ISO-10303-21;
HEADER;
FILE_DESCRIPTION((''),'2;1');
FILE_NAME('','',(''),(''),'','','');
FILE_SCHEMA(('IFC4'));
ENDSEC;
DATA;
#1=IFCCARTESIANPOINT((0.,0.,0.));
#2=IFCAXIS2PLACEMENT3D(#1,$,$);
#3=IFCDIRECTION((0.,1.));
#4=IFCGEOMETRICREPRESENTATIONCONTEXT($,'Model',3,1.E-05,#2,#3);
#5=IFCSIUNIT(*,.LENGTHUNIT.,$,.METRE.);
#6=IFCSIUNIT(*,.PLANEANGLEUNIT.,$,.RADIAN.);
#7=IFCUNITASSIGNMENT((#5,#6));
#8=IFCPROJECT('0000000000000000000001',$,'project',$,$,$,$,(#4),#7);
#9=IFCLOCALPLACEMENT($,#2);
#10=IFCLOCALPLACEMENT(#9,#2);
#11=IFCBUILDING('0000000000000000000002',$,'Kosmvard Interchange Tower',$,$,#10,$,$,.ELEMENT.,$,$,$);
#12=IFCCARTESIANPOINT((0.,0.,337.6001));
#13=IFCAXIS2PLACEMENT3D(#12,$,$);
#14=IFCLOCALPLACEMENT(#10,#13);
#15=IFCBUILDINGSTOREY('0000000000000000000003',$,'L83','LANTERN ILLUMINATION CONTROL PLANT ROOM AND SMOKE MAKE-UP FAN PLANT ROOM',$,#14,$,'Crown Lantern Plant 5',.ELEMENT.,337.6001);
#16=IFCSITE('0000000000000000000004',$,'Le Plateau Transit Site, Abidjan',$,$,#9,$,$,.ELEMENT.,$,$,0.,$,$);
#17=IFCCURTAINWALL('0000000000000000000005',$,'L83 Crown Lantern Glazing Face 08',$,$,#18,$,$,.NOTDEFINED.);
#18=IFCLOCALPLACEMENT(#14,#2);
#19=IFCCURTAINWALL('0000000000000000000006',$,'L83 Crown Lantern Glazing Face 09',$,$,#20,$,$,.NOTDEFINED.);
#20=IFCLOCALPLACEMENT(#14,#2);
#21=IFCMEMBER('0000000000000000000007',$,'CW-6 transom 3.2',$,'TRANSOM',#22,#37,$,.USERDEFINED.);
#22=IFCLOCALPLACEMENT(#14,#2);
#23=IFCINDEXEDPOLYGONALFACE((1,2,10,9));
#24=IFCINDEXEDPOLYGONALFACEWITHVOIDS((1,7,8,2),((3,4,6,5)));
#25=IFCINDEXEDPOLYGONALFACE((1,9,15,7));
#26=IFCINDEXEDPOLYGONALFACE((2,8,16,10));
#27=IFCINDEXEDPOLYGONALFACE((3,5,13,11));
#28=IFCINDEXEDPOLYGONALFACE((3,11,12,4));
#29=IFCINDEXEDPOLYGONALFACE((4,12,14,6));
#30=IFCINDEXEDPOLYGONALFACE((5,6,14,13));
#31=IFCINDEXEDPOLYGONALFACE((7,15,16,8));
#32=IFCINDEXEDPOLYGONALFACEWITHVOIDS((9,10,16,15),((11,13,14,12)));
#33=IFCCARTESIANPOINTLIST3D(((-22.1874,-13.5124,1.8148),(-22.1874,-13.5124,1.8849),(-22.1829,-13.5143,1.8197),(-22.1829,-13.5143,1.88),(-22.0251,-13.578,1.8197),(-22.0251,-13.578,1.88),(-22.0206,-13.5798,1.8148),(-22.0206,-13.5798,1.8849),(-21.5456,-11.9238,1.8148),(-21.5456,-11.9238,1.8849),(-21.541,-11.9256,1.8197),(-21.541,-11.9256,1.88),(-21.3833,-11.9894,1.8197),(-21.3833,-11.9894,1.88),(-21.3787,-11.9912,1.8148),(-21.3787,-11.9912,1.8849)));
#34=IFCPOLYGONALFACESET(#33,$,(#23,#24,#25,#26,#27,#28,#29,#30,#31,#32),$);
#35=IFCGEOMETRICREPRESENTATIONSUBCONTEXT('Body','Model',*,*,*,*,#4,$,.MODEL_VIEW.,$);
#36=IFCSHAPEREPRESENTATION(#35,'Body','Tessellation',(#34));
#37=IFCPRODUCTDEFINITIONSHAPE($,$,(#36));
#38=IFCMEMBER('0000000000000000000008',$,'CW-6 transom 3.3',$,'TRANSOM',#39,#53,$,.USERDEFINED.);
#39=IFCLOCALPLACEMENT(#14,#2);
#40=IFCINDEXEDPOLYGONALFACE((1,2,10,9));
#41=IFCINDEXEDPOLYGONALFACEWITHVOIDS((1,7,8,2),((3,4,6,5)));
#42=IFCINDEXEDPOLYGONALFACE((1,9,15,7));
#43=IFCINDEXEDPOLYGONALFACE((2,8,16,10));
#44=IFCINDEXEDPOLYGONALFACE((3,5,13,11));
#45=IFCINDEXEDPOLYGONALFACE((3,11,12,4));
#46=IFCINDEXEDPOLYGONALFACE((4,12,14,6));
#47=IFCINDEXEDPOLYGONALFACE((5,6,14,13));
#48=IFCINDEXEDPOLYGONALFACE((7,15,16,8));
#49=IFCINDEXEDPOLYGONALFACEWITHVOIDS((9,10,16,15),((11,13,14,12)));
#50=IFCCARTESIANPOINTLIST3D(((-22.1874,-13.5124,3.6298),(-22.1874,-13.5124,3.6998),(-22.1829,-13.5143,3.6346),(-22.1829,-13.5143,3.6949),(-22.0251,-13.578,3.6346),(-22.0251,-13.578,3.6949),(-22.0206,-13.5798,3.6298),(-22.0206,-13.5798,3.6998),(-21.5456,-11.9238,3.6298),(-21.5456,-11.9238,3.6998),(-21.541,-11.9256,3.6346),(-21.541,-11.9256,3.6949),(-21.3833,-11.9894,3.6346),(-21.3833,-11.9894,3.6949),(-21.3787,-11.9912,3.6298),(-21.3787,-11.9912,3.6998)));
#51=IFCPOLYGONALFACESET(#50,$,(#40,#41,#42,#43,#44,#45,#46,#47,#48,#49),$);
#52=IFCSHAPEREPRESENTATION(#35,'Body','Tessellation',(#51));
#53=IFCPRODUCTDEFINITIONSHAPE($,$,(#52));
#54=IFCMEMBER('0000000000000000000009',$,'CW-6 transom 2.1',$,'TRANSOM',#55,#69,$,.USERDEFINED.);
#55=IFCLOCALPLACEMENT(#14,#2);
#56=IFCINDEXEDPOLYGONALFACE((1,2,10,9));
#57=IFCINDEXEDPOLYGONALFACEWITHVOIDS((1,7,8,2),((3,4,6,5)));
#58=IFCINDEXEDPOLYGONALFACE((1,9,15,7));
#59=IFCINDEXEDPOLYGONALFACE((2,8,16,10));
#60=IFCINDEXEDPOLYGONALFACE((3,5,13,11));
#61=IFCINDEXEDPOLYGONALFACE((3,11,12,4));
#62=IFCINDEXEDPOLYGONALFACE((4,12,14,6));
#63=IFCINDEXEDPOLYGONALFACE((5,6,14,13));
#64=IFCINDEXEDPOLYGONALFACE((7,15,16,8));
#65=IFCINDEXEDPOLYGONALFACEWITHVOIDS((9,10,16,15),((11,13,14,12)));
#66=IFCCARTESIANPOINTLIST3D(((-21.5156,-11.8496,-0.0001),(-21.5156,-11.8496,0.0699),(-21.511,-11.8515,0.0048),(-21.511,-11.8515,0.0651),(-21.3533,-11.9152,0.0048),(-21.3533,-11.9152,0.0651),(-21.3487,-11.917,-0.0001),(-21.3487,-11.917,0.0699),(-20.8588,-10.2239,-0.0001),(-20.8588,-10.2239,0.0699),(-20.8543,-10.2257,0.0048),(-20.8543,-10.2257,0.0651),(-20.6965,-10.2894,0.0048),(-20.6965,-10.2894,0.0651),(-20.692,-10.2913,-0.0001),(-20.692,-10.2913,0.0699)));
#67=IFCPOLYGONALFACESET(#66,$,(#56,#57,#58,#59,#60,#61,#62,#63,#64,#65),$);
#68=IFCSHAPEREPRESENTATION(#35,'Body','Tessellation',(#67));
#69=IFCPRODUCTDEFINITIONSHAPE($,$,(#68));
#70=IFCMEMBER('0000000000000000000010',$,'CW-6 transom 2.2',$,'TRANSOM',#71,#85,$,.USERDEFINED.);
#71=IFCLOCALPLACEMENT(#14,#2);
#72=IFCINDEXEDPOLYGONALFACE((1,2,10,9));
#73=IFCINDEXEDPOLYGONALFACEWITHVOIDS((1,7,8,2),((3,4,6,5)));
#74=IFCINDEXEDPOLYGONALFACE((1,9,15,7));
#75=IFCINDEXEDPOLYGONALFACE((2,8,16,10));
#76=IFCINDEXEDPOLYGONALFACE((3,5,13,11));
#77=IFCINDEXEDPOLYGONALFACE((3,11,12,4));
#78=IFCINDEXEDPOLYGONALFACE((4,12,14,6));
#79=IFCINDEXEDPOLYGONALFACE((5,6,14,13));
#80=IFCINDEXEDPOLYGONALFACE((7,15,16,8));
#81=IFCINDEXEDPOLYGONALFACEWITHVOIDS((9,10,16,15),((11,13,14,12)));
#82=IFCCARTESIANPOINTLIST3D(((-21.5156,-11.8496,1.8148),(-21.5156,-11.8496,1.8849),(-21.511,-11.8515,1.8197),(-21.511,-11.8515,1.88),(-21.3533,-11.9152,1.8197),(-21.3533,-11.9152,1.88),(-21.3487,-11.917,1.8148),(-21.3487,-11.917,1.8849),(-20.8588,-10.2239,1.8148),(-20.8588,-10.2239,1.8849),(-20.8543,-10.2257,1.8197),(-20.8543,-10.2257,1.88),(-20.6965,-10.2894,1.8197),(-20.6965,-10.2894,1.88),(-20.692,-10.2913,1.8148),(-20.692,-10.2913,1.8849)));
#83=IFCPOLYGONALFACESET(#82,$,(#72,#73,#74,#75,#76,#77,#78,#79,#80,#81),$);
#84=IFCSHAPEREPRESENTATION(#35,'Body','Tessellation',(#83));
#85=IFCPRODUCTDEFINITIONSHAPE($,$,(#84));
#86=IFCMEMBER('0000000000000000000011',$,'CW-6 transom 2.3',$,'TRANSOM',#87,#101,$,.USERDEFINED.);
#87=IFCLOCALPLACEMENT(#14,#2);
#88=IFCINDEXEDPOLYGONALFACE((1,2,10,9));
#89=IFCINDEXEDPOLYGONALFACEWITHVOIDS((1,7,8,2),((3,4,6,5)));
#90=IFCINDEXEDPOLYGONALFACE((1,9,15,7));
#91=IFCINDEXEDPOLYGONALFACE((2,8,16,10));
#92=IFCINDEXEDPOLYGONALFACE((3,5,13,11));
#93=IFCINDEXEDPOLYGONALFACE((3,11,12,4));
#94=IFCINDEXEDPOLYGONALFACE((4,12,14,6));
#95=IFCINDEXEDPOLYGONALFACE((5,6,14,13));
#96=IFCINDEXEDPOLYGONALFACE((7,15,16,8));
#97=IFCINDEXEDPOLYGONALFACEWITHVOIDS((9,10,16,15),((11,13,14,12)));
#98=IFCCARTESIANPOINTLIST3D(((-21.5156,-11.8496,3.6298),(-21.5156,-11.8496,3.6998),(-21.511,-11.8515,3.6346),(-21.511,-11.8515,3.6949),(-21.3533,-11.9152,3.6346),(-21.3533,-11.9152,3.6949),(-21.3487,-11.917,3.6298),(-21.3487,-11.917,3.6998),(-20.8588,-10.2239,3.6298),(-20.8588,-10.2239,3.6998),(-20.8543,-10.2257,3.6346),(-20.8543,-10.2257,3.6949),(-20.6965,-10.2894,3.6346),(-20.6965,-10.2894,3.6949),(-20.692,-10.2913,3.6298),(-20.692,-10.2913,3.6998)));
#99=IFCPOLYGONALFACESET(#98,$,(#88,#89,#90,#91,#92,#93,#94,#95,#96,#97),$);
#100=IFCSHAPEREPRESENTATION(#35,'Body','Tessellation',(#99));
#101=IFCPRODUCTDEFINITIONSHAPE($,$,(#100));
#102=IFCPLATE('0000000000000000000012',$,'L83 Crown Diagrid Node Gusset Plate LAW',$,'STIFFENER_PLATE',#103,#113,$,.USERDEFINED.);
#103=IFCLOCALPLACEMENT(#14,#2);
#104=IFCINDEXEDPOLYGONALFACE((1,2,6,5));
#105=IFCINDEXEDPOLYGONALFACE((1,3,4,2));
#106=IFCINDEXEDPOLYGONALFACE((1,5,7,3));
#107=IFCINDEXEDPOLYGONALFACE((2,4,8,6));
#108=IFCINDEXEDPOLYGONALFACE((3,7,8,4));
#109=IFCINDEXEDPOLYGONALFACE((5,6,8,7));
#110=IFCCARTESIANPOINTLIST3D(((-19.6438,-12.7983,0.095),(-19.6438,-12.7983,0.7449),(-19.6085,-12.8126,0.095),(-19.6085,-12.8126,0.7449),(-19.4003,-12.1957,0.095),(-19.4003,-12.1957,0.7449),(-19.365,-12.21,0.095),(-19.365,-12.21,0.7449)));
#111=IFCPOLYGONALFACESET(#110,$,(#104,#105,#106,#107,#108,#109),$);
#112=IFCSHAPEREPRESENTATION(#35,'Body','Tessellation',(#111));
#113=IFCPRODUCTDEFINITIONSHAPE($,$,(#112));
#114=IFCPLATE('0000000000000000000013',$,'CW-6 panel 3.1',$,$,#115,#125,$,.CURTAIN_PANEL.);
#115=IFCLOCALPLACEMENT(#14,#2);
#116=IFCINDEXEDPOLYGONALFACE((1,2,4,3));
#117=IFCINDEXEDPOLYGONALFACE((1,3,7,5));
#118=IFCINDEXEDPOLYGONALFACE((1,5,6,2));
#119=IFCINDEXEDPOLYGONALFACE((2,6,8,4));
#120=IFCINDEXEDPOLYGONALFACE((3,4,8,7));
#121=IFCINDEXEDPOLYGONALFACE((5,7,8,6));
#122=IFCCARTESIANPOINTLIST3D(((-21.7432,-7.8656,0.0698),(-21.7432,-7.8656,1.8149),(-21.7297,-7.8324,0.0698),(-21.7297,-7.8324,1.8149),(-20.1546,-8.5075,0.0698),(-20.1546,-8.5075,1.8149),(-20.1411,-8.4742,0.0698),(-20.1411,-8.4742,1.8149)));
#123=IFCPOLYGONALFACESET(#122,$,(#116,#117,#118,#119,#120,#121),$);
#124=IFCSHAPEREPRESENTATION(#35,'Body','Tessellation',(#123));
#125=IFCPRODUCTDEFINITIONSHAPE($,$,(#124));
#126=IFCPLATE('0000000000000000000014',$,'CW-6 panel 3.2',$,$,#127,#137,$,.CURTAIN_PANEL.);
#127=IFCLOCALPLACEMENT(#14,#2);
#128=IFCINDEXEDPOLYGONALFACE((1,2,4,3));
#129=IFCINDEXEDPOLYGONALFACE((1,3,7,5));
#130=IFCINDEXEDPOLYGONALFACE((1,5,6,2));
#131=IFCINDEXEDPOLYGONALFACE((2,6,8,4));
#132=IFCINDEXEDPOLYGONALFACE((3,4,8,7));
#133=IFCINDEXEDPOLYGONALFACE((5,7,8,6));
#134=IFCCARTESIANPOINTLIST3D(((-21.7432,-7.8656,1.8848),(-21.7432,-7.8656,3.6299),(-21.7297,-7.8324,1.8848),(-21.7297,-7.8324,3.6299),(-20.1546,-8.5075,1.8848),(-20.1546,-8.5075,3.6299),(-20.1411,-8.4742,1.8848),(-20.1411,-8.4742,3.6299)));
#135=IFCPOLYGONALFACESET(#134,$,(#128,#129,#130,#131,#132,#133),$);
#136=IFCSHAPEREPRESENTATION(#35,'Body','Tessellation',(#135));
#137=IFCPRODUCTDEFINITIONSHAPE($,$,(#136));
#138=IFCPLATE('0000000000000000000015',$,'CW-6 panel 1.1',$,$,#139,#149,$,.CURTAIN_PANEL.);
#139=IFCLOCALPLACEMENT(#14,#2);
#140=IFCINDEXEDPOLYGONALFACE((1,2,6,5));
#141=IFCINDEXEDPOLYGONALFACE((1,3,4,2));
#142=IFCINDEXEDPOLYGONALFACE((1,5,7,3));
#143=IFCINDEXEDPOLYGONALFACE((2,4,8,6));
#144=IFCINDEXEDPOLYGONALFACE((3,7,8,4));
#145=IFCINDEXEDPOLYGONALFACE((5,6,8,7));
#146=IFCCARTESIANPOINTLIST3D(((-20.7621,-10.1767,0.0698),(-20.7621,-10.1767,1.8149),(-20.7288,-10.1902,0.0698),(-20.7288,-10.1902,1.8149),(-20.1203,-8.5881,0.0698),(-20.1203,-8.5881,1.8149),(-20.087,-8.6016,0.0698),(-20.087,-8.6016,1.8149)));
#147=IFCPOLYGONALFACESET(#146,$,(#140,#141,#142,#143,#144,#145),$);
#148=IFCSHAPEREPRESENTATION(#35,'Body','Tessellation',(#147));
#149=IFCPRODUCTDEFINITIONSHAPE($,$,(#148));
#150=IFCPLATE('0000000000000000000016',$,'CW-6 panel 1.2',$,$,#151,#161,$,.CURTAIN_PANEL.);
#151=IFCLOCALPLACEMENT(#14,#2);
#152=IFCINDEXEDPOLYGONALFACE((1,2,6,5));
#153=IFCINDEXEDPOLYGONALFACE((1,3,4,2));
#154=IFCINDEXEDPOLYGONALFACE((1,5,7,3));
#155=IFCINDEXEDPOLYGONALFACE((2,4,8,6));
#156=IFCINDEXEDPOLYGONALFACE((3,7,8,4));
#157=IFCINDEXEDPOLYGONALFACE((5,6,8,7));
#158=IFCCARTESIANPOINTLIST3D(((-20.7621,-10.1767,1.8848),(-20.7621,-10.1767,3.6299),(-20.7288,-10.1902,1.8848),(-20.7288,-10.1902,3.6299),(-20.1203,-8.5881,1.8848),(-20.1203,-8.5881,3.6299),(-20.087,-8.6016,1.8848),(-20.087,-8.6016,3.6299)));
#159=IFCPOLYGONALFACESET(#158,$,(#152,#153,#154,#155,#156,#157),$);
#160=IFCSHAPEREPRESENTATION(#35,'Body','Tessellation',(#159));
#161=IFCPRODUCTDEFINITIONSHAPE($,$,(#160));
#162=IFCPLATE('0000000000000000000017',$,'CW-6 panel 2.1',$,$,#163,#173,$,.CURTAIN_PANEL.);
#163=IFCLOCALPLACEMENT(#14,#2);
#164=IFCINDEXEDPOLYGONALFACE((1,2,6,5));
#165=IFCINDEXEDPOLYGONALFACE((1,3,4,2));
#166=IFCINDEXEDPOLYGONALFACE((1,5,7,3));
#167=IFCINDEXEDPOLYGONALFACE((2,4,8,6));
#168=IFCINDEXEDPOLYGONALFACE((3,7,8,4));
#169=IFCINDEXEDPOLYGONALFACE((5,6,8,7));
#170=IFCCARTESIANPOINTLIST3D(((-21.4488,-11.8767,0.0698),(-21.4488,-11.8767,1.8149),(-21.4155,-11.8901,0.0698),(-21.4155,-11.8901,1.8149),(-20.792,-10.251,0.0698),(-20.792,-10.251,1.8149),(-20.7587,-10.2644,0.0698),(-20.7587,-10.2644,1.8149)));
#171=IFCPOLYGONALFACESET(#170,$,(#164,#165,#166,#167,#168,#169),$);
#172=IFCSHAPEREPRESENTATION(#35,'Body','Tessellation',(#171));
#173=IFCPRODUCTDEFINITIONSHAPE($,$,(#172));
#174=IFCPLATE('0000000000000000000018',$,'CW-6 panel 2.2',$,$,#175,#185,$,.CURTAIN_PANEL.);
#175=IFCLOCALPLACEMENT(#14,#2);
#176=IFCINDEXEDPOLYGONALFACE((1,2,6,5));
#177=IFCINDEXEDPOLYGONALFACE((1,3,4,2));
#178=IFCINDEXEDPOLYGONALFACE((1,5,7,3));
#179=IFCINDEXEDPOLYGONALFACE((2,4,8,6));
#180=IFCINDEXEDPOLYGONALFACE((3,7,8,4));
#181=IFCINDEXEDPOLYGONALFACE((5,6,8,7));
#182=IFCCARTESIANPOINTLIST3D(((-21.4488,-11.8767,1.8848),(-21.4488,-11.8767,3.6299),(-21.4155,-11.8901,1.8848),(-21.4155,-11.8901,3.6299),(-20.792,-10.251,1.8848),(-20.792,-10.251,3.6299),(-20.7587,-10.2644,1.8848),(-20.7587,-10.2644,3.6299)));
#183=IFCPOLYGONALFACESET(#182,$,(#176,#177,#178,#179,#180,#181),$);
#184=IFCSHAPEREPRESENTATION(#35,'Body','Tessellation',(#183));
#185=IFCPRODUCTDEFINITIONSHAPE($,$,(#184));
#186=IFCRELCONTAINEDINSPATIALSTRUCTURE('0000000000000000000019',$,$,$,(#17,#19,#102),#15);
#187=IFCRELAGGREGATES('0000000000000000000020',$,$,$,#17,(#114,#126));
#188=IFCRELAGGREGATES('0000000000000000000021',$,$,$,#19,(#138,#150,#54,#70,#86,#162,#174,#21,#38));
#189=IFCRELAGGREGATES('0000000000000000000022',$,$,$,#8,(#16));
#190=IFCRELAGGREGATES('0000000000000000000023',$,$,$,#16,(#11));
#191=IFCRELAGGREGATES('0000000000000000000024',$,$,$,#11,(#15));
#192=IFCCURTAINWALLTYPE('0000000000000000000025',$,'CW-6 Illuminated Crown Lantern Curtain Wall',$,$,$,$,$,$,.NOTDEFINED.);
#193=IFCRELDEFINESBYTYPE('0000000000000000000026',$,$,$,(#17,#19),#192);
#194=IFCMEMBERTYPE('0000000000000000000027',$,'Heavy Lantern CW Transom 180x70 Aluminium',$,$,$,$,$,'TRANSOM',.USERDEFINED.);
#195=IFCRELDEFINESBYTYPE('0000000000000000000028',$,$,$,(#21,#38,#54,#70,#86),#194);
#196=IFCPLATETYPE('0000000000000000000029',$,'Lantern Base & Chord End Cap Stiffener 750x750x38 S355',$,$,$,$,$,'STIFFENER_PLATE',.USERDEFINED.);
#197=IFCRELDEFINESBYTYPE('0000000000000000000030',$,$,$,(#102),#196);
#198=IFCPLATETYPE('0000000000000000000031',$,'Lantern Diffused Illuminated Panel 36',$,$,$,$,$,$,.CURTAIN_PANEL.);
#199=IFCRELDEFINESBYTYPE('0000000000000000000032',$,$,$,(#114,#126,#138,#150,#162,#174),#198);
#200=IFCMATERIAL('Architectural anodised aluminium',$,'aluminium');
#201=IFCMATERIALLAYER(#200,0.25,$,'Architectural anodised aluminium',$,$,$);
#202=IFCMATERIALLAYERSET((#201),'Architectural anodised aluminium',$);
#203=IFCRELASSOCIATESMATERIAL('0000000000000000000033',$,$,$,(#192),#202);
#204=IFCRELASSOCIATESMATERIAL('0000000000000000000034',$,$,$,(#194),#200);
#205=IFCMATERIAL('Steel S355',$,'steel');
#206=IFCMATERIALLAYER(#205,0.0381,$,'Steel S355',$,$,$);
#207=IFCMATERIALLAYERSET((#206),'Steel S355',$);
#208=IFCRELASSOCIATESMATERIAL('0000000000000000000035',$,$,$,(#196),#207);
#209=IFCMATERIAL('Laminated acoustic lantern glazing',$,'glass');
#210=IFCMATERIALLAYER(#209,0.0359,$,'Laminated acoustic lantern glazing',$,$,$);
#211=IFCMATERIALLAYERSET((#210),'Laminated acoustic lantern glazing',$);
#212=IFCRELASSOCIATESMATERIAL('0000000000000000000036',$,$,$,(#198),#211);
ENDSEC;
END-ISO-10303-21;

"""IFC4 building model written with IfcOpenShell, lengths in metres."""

from ifc_helpers import new_model, si_unit, direction, frame, origin, origin_2d, place, context, subcontext, project, spatial, rectangle, hollow_rectangle, extrude, source, transform, mapped, material, layer, layer_set, material_profile, profile_set, type_object, element, aggregate, save


model = new_model("IFC4")

# Units and contexts
model_context = context("Model", 3, precision=1e-05, world=origin(), true_north=direction((0.0, 1.0)))
body_context = subcontext(model_context, "Body", "Model", "MODEL_VIEW")
ifc_project = project(units=[si_unit("LENGTHUNIT", "METRE"), si_unit("PLANEANGLEUNIT", "RADIAN")], contexts=[model_context])

# Site, building, storey
site_placement = place(None, origin())
site = spatial("IfcSite", under=ifc_project, at=site_placement, Name="Le Plateau Transit Site, Abidjan", CompositionType="ELEMENT", RefElevation=0.0)
building_placement = place(site_placement, origin())
building = spatial("IfcBuilding", under=site, at=building_placement, Name="Kosmvard Interchange Tower", CompositionType="ELEMENT")
storey_placement = place(building_placement, frame((0.0, 0.0, 337.6001)))
storey = spatial("IfcBuildingStorey", under=building, at=storey_placement, Name="L83", Description="LANTERN ILLUMINATION CONTROL PLANT ROOM AND SMOKE MAKE-UP FAN PLANT ROOM", LongName="Crown Lantern Plant 5", CompositionType="ELEMENT", Elevation=337.6001)

# Shared definitions
ifc_material_1 = material(Name="Steel S355", Category="steel")

# Curtain wall
ifc_material_2 = material(Name="Architectural anodised aluminium", Category="aluminium")
ifc_layer_1 = layer(ifc_material_2, 0.25, Name="Architectural anodised aluminium")
ifc_layer_set_1 = layer_set([ifc_layer_1], Name="Architectural anodised aluminium")
curtain_wall_type = type_object("IfcCurtainWallType", Name="CW-6 Illuminated Crown Lantern Curtain Wall", PredefinedType="NOTDEFINED", material=ifc_layer_set_1)
curtain_wall_1_placement = place(storey_placement, origin())
curtain_wall_1 = element("IfcCurtainWall", 1, at=curtain_wall_1_placement, inside=storey, type_object=curtain_wall_type, Name="L83 Crown Lantern Glazing Face 08", PredefinedType="NOTDEFINED")

# Curtain wall, members
curtain_wall_2_placement = place(storey_placement, origin())
curtain_wall_2 = element("IfcCurtainWall", 2, at=curtain_wall_2_placement, inside=storey, type_object=curtain_wall_type, Name="L83 Crown Lantern Glazing Face 09", PredefinedType="NOTDEFINED")
ifc_material_profile_1 = material_profile(ifc_material_2, hollow_rectangle(XDim=0.1799, YDim=0.0701, WallThickness=0.0049, at=origin_2d()), Name="CWT 180x70x5")
ifc_profile_set_1 = profile_set([ifc_material_profile_1], Name="Architectural anodised aluminium")
member_type_1 = type_object("IfcMemberType", Name="Heavy Lantern CW Transom 180x70 Aluminium", ElementType="TRANSOM", PredefinedType="USERDEFINED", material=ifc_profile_set_1)
shared_shape_1 = source(origin(), body_context, "Body", "SweptSolid", [
    extrude(hollow_rectangle(XDim=0.1799, YDim=0.0701, WallThickness=0.0049, at=origin_2d()), origin(), (0.0, 0.0, 1.0), 1.7134),
])
member_1_placement = place(storey_placement, frame((-21.4622, -11.9575, 1.8499), z_axis=(-0.374607, -0.927184, 0.0), x_axis=(0.927184, -0.374607, 0.0)))
member_1 = element("IfcMember", 3, at=member_1_placement, type_object=member_type_1, Name="CW-6 transom 3.2", ObjectType="TRANSOM", PredefinedType="USERDEFINED", context=body_context, shape_type="MappedRepresentation", body=[
    mapped(shared_shape_1, transform((0.0, 0.0, 0.0), scale=1.0)),
])
member_2_placement = place(storey_placement, frame((-21.4622, -11.9575, 3.6648), z_axis=(-0.374607, -0.927184, 0.0), x_axis=(0.927184, -0.374607, 0.0)))
member_2 = element("IfcMember", 4, at=member_2_placement, type_object=member_type_1, Name="CW-6 transom 3.3", ObjectType="TRANSOM", PredefinedType="USERDEFINED", context=body_context, shape_type="MappedRepresentation", body=[
    mapped(shared_shape_1, transform((0.0, 0.0, 0.0), scale=1.0)),
])
shared_shape_2 = source(origin(), body_context, "Body", "SweptSolid", [
    extrude(hollow_rectangle(XDim=0.1799, YDim=0.0701, WallThickness=0.0049, at=origin_2d()), origin(), (0.0, 0.0, 1.0), 1.7534),
])
member_3_placement = place(storey_placement, frame((-20.7754, -10.2576, 0.0349), z_axis=(-0.374557, -0.927204, 0.0), x_axis=(0.927204, -0.374557, 0.0)))
member_3 = element("IfcMember", 5, at=member_3_placement, type_object=member_type_1, Name="CW-6 transom 2.1", ObjectType="TRANSOM", PredefinedType="USERDEFINED", context=body_context, shape_type="MappedRepresentation", body=[
    mapped(shared_shape_2, transform((0.0, 0.0, 0.0), scale=1.0)),
])
member_4_placement = place(storey_placement, frame((-20.7754, -10.2576, 1.8499), z_axis=(-0.374557, -0.927204, 0.0), x_axis=(0.927204, -0.374557, 0.0)))
member_4 = element("IfcMember", 6, at=member_4_placement, type_object=member_type_1, Name="CW-6 transom 2.2", ObjectType="TRANSOM", PredefinedType="USERDEFINED", context=body_context, shape_type="MappedRepresentation", body=[
    mapped(shared_shape_2, transform((0.0, 0.0, 0.0), scale=1.0)),
])
member_5_placement = place(storey_placement, frame((-20.7754, -10.2576, 3.6648), z_axis=(-0.374557, -0.927204, 0.0), x_axis=(0.927204, -0.374557, 0.0)))
member_5 = element("IfcMember", 7, at=member_5_placement, type_object=member_type_1, Name="CW-6 transom 2.3", ObjectType="TRANSOM", PredefinedType="USERDEFINED", context=body_context, shape_type="MappedRepresentation", body=[
    mapped(shared_shape_2, transform((0.0, 0.0, 0.0), scale=1.0)),
])

# Plates
ifc_layer_2 = layer(ifc_material_1, 0.0381, Name="Steel S355")
ifc_layer_set_2 = layer_set([ifc_layer_2], Name="Steel S355")
plate_type_1 = type_object("IfcPlateType", Name="Lantern Base & Chord End Cap Stiffener 750x750x38 S355", ElementType="STIFFENER_PLATE", PredefinedType="USERDEFINED", material=ifc_layer_set_2)
shared_shape_3 = source(origin(), body_context, "Body", "SweptSolid", [
    extrude(rectangle(XDim=0.6499, YDim=0.0381, at=origin_2d()), origin(), (0.0, 0.0, 1.0), 0.6499),
])
plate_1_placement = place(storey_placement, frame((-19.5044, -12.5042, 0.095), z_axis=(0.0, 0.0, 1.0), x_axis=(0.374607, 0.927184, 0.0)))
element("IfcPlate", 8, at=plate_1_placement, inside=storey, type_object=plate_type_1, Name="L83 Crown Diagrid Node Gusset Plate LAW", ObjectType="STIFFENER_PLATE", PredefinedType="USERDEFINED", context=body_context, shape_type="MappedRepresentation", body=[
    mapped(shared_shape_3, transform((0.0, 0.0, 0.0), scale=1.0)),
])
ifc_material_3 = material(Name="Laminated acoustic lantern glazing", Category="glass")
ifc_layer_3 = layer(ifc_material_3, 0.0359, Name="Laminated acoustic lantern glazing")
ifc_layer_set_3 = layer_set([ifc_layer_3], Name="Laminated acoustic lantern glazing")
plate_type_2 = type_object("IfcPlateType", Name="Lantern Diffused Illuminated Panel 36", PredefinedType="CURTAIN_PANEL", material=ifc_layer_set_3)
shared_shape_4 = source(origin(), body_context, "Body", "SweptSolid", [
    extrude(rectangle(XDim=1.7134, YDim=0.0359, at=origin_2d()), origin(), (0.0, 0.0, 1.0), 1.7451),
])
plate_2_placement = place(storey_placement, frame((-20.9421, -8.1699, 0.0698), z_axis=(0.0, 0.0, 1.0), x_axis=(0.927184, -0.374607, 0.0)))
plate_2 = element("IfcPlate", 9, at=plate_2_placement, type_object=plate_type_2, Name="CW-6 panel 3.1", PredefinedType="CURTAIN_PANEL", context=body_context, shape_type="MappedRepresentation", body=[
    mapped(shared_shape_4, transform((0.0, 0.0, 0.0), scale=1.0)),
])
plate_3_placement = place(storey_placement, frame((-20.9421, -8.1699, 1.8848), z_axis=(0.0, 0.0, 1.0), x_axis=(0.927184, -0.374607, 0.0)))
plate_3 = element("IfcPlate", 10, at=plate_3_placement, type_object=plate_type_2, Name="CW-6 panel 3.2", PredefinedType="CURTAIN_PANEL", context=body_context, shape_type="MappedRepresentation", body=[
    mapped(shared_shape_4, transform((0.0, 0.0, 0.0), scale=1.0)),
])
aggregate(curtain_wall_1, [plate_2, plate_3])
plate_4_placement = place(storey_placement, frame((-20.4246, -9.3892, 0.0698), z_axis=(0.0, 0.0, 1.0), x_axis=(-0.374607, -0.927184, 0.0)))
plate_4 = element("IfcPlate", 11, at=plate_4_placement, type_object=plate_type_2, Name="CW-6 panel 1.1", PredefinedType="CURTAIN_PANEL", context=body_context, shape_type="MappedRepresentation", body=[
    mapped(shared_shape_4, transform((0.0, 0.0, 0.0), scale=1.0)),
])
plate_5_placement = place(storey_placement, frame((-20.4246, -9.3892, 1.8848), z_axis=(0.0, 0.0, 1.0), x_axis=(-0.374607, -0.927184, 0.0)))
plate_5 = element("IfcPlate", 12, at=plate_5_placement, type_object=plate_type_2, Name="CW-6 panel 1.2", PredefinedType="CURTAIN_PANEL", context=body_context, shape_type="MappedRepresentation", body=[
    mapped(shared_shape_4, transform((0.0, 0.0, 0.0), scale=1.0)),
])
shared_shape_5 = source(origin(), body_context, "Body", "SweptSolid", [
    extrude(rectangle(XDim=1.7534, YDim=0.0359, at=origin_2d()), origin(), (0.0, 0.0, 1.0), 1.7451),
])
plate_6_placement = place(storey_placement, frame((-21.1038, -11.0706, 0.0698), z_axis=(0.0, 0.0, 1.0), x_axis=(-0.374607, -0.927184, 0.0)))
plate_6 = element("IfcPlate", 13, at=plate_6_placement, type_object=plate_type_2, Name="CW-6 panel 2.1", PredefinedType="CURTAIN_PANEL", context=body_context, shape_type="MappedRepresentation", body=[
    mapped(shared_shape_5, transform((0.0, 0.0, 0.0), scale=1.0)),
])
plate_7_placement = place(storey_placement, frame((-21.1038, -11.0706, 1.8848), z_axis=(0.0, 0.0, 1.0), x_axis=(-0.374607, -0.927184, 0.0)))
plate_7 = element("IfcPlate", 14, at=plate_7_placement, type_object=plate_type_2, Name="CW-6 panel 2.2", PredefinedType="CURTAIN_PANEL", context=body_context, shape_type="MappedRepresentation", body=[
    mapped(shared_shape_5, transform((0.0, 0.0, 0.0), scale=1.0)),
])
aggregate(curtain_wall_2, [plate_4, plate_5, member_3, member_4, member_5, plate_6, plate_7, member_1, member_2])

save(model, "model.ifc")
